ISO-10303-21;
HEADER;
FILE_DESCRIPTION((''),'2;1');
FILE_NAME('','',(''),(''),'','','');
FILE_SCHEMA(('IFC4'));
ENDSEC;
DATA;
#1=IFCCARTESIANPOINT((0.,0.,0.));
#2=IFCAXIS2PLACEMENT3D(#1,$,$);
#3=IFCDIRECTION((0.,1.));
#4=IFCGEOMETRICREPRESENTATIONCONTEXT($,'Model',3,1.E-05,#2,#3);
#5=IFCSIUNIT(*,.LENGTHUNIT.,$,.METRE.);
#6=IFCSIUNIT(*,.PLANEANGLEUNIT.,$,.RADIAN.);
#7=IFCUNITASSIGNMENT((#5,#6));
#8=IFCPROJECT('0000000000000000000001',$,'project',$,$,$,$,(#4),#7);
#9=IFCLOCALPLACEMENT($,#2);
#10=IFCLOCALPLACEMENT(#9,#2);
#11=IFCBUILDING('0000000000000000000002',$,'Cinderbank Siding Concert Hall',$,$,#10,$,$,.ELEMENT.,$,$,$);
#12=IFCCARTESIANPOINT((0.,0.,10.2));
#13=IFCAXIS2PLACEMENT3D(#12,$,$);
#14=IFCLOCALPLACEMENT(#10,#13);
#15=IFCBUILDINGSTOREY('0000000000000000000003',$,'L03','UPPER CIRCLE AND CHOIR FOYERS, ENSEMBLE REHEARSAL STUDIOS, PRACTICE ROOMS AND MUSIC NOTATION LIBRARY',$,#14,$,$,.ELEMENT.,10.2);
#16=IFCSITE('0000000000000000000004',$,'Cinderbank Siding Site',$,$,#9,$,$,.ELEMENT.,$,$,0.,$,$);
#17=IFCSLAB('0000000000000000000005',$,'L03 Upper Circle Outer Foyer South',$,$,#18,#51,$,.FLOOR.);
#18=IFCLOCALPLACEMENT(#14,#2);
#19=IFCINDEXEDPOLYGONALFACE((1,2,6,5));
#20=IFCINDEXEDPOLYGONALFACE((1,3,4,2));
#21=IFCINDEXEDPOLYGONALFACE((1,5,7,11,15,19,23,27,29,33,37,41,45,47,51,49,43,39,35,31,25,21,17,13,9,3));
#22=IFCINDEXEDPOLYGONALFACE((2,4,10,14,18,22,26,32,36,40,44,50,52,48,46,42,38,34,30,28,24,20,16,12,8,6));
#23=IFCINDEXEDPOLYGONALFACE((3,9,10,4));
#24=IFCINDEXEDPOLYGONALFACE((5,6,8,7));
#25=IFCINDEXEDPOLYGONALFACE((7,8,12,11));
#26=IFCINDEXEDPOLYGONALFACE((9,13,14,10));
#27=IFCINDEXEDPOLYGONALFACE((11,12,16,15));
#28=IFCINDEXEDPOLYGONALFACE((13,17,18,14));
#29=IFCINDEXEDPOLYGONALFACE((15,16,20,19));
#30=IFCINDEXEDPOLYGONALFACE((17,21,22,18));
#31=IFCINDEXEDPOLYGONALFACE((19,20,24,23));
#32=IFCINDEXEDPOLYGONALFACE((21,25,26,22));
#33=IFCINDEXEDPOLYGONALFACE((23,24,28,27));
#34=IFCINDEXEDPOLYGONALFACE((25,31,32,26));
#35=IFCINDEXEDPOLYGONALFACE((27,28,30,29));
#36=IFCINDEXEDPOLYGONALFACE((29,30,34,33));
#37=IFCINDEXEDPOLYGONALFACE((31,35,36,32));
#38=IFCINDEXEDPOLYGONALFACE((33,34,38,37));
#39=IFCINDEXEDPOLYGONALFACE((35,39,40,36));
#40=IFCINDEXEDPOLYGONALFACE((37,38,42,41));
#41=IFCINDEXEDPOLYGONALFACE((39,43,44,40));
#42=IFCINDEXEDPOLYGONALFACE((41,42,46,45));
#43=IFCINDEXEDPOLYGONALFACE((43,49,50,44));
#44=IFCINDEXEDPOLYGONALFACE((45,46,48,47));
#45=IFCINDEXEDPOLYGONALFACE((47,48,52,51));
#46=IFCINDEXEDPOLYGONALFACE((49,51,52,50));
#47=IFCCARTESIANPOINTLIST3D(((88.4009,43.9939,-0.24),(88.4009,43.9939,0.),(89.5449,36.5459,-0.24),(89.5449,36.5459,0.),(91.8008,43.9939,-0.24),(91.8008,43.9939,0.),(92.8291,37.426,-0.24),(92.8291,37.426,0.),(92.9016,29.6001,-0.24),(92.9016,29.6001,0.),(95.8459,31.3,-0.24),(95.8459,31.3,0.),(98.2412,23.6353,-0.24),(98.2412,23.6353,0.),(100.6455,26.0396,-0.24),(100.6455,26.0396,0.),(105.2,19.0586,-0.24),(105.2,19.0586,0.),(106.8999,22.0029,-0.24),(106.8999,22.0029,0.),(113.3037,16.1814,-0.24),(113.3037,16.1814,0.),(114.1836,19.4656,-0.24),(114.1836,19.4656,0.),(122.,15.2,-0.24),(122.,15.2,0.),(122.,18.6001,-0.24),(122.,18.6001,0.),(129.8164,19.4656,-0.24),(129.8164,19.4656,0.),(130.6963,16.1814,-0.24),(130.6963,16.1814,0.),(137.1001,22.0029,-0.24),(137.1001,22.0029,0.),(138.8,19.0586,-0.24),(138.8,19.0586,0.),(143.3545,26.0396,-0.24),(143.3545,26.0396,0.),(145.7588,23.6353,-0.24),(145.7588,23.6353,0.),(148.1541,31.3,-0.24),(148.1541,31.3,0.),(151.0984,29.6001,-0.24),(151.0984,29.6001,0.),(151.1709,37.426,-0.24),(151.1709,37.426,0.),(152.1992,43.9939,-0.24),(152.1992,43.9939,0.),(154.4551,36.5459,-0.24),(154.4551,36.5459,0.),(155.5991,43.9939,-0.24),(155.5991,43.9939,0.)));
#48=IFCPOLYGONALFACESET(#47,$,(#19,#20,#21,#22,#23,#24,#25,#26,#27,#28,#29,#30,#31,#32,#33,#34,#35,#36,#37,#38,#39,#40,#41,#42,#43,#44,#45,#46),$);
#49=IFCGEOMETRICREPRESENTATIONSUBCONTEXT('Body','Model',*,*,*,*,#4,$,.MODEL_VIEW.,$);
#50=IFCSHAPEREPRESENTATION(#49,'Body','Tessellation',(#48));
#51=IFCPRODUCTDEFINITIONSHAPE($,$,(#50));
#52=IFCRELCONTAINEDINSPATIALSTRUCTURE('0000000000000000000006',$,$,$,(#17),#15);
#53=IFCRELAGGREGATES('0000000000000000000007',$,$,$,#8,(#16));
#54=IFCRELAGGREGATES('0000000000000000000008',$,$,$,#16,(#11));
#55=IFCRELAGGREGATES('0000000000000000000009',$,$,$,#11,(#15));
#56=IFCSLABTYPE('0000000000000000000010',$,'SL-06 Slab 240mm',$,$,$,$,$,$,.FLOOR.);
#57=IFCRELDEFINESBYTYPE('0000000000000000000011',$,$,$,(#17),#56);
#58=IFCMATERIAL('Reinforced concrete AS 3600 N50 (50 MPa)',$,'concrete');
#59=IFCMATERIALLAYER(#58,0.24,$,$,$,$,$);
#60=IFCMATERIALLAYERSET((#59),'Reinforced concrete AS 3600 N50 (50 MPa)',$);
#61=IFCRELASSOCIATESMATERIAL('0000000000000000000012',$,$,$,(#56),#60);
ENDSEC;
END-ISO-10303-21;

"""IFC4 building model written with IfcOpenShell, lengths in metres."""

from ifc_helpers import new_model, si_unit, direction, frame, origin, place, context, subcontext, project, spatial, polyline, outline, extrude, material, layer, layer_set, type_object, element, save


model = new_model("IFC4")

# Units and contexts
model_context = context("Model", 3, precision=1e-05, world=origin(), true_north=direction((0.0, 1.0)))
body_context = subcontext(model_context, "Body", "Model", "MODEL_VIEW")
ifc_project = project(units=[si_unit("LENGTHUNIT", "METRE"), si_unit("PLANEANGLEUNIT", "RADIAN")], contexts=[model_context])

# Site, building, storey
site_placement = place(None, origin())
site = spatial("IfcSite", under=ifc_project, at=site_placement, Name="Cinderbank Siding Site", CompositionType="ELEMENT", RefElevation=0.0)
building_placement = place(site_placement, origin())
building = spatial("IfcBuilding", under=site, at=building_placement, Name="Cinderbank Siding Concert Hall", CompositionType="ELEMENT")
storey_placement = place(building_placement, frame((0.0, 0.0, 10.2)))
storey = spatial("IfcBuildingStorey", under=building, at=storey_placement, Name="L03", Description="UPPER CIRCLE AND CHOIR FOYERS, ENSEMBLE REHEARSAL STUDIOS, PRACTICE ROOMS AND MUSIC NOTATION LIBRARY", CompositionType="ELEMENT", Elevation=10.2)

# Shared definitions
ifc_material_1 = material(Name="Reinforced concrete AS 3600 N50 (50 MPa)", Category="concrete")

# Slab
ifc_layer_1 = layer(ifc_material_1, 0.24)
ifc_layer_set_1 = layer_set([ifc_layer_1], Name="Reinforced concrete AS 3600 N50 (50 MPa)")
slab_type_1 = type_object("IfcSlabType", Name="SL-06 Slab 240mm", PredefinedType="FLOOR", material=ifc_layer_set_1)
slab_1_placement = place(storey_placement, frame((0.0, 0.0, -0.24)))
element("IfcSlab", 1, at=slab_1_placement, inside=storey, type_object=slab_type_1, Name="L03 Upper Circle Outer Foyer South", PredefinedType="FLOOR", context=body_context, shape_type="SweptSolid", body=[
    extrude(outline(polyline([(151.0984, 29.6001), (145.7588, 23.6353), (138.8, 19.0586), (130.6963, 16.1814), (122.0, 15.2), (113.3037, 16.1814), (105.2, 19.0586), (98.2412, 23.6353), (92.9016, 29.6001), (89.5449, 36.5459), (88.4009, 43.9939), (91.8008, 43.9939), (92.8291, 37.426), (95.8459, 31.3), (100.6455, 26.0396), (106.8999, 22.0029), (114.1836, 19.4656), (122.0, 18.6001), (129.8164, 19.4656), (137.1001, 22.0029), (143.3545, 26.0396), (148.1541, 31.3), (151.1709, 37.426), (152.1992, 43.9939), (155.5991, 43.9939), (154.4551, 36.5459), (151.0984, 29.6001)])), origin(), (0.0, 0.0, 1.0), 0.24),
])

save(model, "model.ifc")
